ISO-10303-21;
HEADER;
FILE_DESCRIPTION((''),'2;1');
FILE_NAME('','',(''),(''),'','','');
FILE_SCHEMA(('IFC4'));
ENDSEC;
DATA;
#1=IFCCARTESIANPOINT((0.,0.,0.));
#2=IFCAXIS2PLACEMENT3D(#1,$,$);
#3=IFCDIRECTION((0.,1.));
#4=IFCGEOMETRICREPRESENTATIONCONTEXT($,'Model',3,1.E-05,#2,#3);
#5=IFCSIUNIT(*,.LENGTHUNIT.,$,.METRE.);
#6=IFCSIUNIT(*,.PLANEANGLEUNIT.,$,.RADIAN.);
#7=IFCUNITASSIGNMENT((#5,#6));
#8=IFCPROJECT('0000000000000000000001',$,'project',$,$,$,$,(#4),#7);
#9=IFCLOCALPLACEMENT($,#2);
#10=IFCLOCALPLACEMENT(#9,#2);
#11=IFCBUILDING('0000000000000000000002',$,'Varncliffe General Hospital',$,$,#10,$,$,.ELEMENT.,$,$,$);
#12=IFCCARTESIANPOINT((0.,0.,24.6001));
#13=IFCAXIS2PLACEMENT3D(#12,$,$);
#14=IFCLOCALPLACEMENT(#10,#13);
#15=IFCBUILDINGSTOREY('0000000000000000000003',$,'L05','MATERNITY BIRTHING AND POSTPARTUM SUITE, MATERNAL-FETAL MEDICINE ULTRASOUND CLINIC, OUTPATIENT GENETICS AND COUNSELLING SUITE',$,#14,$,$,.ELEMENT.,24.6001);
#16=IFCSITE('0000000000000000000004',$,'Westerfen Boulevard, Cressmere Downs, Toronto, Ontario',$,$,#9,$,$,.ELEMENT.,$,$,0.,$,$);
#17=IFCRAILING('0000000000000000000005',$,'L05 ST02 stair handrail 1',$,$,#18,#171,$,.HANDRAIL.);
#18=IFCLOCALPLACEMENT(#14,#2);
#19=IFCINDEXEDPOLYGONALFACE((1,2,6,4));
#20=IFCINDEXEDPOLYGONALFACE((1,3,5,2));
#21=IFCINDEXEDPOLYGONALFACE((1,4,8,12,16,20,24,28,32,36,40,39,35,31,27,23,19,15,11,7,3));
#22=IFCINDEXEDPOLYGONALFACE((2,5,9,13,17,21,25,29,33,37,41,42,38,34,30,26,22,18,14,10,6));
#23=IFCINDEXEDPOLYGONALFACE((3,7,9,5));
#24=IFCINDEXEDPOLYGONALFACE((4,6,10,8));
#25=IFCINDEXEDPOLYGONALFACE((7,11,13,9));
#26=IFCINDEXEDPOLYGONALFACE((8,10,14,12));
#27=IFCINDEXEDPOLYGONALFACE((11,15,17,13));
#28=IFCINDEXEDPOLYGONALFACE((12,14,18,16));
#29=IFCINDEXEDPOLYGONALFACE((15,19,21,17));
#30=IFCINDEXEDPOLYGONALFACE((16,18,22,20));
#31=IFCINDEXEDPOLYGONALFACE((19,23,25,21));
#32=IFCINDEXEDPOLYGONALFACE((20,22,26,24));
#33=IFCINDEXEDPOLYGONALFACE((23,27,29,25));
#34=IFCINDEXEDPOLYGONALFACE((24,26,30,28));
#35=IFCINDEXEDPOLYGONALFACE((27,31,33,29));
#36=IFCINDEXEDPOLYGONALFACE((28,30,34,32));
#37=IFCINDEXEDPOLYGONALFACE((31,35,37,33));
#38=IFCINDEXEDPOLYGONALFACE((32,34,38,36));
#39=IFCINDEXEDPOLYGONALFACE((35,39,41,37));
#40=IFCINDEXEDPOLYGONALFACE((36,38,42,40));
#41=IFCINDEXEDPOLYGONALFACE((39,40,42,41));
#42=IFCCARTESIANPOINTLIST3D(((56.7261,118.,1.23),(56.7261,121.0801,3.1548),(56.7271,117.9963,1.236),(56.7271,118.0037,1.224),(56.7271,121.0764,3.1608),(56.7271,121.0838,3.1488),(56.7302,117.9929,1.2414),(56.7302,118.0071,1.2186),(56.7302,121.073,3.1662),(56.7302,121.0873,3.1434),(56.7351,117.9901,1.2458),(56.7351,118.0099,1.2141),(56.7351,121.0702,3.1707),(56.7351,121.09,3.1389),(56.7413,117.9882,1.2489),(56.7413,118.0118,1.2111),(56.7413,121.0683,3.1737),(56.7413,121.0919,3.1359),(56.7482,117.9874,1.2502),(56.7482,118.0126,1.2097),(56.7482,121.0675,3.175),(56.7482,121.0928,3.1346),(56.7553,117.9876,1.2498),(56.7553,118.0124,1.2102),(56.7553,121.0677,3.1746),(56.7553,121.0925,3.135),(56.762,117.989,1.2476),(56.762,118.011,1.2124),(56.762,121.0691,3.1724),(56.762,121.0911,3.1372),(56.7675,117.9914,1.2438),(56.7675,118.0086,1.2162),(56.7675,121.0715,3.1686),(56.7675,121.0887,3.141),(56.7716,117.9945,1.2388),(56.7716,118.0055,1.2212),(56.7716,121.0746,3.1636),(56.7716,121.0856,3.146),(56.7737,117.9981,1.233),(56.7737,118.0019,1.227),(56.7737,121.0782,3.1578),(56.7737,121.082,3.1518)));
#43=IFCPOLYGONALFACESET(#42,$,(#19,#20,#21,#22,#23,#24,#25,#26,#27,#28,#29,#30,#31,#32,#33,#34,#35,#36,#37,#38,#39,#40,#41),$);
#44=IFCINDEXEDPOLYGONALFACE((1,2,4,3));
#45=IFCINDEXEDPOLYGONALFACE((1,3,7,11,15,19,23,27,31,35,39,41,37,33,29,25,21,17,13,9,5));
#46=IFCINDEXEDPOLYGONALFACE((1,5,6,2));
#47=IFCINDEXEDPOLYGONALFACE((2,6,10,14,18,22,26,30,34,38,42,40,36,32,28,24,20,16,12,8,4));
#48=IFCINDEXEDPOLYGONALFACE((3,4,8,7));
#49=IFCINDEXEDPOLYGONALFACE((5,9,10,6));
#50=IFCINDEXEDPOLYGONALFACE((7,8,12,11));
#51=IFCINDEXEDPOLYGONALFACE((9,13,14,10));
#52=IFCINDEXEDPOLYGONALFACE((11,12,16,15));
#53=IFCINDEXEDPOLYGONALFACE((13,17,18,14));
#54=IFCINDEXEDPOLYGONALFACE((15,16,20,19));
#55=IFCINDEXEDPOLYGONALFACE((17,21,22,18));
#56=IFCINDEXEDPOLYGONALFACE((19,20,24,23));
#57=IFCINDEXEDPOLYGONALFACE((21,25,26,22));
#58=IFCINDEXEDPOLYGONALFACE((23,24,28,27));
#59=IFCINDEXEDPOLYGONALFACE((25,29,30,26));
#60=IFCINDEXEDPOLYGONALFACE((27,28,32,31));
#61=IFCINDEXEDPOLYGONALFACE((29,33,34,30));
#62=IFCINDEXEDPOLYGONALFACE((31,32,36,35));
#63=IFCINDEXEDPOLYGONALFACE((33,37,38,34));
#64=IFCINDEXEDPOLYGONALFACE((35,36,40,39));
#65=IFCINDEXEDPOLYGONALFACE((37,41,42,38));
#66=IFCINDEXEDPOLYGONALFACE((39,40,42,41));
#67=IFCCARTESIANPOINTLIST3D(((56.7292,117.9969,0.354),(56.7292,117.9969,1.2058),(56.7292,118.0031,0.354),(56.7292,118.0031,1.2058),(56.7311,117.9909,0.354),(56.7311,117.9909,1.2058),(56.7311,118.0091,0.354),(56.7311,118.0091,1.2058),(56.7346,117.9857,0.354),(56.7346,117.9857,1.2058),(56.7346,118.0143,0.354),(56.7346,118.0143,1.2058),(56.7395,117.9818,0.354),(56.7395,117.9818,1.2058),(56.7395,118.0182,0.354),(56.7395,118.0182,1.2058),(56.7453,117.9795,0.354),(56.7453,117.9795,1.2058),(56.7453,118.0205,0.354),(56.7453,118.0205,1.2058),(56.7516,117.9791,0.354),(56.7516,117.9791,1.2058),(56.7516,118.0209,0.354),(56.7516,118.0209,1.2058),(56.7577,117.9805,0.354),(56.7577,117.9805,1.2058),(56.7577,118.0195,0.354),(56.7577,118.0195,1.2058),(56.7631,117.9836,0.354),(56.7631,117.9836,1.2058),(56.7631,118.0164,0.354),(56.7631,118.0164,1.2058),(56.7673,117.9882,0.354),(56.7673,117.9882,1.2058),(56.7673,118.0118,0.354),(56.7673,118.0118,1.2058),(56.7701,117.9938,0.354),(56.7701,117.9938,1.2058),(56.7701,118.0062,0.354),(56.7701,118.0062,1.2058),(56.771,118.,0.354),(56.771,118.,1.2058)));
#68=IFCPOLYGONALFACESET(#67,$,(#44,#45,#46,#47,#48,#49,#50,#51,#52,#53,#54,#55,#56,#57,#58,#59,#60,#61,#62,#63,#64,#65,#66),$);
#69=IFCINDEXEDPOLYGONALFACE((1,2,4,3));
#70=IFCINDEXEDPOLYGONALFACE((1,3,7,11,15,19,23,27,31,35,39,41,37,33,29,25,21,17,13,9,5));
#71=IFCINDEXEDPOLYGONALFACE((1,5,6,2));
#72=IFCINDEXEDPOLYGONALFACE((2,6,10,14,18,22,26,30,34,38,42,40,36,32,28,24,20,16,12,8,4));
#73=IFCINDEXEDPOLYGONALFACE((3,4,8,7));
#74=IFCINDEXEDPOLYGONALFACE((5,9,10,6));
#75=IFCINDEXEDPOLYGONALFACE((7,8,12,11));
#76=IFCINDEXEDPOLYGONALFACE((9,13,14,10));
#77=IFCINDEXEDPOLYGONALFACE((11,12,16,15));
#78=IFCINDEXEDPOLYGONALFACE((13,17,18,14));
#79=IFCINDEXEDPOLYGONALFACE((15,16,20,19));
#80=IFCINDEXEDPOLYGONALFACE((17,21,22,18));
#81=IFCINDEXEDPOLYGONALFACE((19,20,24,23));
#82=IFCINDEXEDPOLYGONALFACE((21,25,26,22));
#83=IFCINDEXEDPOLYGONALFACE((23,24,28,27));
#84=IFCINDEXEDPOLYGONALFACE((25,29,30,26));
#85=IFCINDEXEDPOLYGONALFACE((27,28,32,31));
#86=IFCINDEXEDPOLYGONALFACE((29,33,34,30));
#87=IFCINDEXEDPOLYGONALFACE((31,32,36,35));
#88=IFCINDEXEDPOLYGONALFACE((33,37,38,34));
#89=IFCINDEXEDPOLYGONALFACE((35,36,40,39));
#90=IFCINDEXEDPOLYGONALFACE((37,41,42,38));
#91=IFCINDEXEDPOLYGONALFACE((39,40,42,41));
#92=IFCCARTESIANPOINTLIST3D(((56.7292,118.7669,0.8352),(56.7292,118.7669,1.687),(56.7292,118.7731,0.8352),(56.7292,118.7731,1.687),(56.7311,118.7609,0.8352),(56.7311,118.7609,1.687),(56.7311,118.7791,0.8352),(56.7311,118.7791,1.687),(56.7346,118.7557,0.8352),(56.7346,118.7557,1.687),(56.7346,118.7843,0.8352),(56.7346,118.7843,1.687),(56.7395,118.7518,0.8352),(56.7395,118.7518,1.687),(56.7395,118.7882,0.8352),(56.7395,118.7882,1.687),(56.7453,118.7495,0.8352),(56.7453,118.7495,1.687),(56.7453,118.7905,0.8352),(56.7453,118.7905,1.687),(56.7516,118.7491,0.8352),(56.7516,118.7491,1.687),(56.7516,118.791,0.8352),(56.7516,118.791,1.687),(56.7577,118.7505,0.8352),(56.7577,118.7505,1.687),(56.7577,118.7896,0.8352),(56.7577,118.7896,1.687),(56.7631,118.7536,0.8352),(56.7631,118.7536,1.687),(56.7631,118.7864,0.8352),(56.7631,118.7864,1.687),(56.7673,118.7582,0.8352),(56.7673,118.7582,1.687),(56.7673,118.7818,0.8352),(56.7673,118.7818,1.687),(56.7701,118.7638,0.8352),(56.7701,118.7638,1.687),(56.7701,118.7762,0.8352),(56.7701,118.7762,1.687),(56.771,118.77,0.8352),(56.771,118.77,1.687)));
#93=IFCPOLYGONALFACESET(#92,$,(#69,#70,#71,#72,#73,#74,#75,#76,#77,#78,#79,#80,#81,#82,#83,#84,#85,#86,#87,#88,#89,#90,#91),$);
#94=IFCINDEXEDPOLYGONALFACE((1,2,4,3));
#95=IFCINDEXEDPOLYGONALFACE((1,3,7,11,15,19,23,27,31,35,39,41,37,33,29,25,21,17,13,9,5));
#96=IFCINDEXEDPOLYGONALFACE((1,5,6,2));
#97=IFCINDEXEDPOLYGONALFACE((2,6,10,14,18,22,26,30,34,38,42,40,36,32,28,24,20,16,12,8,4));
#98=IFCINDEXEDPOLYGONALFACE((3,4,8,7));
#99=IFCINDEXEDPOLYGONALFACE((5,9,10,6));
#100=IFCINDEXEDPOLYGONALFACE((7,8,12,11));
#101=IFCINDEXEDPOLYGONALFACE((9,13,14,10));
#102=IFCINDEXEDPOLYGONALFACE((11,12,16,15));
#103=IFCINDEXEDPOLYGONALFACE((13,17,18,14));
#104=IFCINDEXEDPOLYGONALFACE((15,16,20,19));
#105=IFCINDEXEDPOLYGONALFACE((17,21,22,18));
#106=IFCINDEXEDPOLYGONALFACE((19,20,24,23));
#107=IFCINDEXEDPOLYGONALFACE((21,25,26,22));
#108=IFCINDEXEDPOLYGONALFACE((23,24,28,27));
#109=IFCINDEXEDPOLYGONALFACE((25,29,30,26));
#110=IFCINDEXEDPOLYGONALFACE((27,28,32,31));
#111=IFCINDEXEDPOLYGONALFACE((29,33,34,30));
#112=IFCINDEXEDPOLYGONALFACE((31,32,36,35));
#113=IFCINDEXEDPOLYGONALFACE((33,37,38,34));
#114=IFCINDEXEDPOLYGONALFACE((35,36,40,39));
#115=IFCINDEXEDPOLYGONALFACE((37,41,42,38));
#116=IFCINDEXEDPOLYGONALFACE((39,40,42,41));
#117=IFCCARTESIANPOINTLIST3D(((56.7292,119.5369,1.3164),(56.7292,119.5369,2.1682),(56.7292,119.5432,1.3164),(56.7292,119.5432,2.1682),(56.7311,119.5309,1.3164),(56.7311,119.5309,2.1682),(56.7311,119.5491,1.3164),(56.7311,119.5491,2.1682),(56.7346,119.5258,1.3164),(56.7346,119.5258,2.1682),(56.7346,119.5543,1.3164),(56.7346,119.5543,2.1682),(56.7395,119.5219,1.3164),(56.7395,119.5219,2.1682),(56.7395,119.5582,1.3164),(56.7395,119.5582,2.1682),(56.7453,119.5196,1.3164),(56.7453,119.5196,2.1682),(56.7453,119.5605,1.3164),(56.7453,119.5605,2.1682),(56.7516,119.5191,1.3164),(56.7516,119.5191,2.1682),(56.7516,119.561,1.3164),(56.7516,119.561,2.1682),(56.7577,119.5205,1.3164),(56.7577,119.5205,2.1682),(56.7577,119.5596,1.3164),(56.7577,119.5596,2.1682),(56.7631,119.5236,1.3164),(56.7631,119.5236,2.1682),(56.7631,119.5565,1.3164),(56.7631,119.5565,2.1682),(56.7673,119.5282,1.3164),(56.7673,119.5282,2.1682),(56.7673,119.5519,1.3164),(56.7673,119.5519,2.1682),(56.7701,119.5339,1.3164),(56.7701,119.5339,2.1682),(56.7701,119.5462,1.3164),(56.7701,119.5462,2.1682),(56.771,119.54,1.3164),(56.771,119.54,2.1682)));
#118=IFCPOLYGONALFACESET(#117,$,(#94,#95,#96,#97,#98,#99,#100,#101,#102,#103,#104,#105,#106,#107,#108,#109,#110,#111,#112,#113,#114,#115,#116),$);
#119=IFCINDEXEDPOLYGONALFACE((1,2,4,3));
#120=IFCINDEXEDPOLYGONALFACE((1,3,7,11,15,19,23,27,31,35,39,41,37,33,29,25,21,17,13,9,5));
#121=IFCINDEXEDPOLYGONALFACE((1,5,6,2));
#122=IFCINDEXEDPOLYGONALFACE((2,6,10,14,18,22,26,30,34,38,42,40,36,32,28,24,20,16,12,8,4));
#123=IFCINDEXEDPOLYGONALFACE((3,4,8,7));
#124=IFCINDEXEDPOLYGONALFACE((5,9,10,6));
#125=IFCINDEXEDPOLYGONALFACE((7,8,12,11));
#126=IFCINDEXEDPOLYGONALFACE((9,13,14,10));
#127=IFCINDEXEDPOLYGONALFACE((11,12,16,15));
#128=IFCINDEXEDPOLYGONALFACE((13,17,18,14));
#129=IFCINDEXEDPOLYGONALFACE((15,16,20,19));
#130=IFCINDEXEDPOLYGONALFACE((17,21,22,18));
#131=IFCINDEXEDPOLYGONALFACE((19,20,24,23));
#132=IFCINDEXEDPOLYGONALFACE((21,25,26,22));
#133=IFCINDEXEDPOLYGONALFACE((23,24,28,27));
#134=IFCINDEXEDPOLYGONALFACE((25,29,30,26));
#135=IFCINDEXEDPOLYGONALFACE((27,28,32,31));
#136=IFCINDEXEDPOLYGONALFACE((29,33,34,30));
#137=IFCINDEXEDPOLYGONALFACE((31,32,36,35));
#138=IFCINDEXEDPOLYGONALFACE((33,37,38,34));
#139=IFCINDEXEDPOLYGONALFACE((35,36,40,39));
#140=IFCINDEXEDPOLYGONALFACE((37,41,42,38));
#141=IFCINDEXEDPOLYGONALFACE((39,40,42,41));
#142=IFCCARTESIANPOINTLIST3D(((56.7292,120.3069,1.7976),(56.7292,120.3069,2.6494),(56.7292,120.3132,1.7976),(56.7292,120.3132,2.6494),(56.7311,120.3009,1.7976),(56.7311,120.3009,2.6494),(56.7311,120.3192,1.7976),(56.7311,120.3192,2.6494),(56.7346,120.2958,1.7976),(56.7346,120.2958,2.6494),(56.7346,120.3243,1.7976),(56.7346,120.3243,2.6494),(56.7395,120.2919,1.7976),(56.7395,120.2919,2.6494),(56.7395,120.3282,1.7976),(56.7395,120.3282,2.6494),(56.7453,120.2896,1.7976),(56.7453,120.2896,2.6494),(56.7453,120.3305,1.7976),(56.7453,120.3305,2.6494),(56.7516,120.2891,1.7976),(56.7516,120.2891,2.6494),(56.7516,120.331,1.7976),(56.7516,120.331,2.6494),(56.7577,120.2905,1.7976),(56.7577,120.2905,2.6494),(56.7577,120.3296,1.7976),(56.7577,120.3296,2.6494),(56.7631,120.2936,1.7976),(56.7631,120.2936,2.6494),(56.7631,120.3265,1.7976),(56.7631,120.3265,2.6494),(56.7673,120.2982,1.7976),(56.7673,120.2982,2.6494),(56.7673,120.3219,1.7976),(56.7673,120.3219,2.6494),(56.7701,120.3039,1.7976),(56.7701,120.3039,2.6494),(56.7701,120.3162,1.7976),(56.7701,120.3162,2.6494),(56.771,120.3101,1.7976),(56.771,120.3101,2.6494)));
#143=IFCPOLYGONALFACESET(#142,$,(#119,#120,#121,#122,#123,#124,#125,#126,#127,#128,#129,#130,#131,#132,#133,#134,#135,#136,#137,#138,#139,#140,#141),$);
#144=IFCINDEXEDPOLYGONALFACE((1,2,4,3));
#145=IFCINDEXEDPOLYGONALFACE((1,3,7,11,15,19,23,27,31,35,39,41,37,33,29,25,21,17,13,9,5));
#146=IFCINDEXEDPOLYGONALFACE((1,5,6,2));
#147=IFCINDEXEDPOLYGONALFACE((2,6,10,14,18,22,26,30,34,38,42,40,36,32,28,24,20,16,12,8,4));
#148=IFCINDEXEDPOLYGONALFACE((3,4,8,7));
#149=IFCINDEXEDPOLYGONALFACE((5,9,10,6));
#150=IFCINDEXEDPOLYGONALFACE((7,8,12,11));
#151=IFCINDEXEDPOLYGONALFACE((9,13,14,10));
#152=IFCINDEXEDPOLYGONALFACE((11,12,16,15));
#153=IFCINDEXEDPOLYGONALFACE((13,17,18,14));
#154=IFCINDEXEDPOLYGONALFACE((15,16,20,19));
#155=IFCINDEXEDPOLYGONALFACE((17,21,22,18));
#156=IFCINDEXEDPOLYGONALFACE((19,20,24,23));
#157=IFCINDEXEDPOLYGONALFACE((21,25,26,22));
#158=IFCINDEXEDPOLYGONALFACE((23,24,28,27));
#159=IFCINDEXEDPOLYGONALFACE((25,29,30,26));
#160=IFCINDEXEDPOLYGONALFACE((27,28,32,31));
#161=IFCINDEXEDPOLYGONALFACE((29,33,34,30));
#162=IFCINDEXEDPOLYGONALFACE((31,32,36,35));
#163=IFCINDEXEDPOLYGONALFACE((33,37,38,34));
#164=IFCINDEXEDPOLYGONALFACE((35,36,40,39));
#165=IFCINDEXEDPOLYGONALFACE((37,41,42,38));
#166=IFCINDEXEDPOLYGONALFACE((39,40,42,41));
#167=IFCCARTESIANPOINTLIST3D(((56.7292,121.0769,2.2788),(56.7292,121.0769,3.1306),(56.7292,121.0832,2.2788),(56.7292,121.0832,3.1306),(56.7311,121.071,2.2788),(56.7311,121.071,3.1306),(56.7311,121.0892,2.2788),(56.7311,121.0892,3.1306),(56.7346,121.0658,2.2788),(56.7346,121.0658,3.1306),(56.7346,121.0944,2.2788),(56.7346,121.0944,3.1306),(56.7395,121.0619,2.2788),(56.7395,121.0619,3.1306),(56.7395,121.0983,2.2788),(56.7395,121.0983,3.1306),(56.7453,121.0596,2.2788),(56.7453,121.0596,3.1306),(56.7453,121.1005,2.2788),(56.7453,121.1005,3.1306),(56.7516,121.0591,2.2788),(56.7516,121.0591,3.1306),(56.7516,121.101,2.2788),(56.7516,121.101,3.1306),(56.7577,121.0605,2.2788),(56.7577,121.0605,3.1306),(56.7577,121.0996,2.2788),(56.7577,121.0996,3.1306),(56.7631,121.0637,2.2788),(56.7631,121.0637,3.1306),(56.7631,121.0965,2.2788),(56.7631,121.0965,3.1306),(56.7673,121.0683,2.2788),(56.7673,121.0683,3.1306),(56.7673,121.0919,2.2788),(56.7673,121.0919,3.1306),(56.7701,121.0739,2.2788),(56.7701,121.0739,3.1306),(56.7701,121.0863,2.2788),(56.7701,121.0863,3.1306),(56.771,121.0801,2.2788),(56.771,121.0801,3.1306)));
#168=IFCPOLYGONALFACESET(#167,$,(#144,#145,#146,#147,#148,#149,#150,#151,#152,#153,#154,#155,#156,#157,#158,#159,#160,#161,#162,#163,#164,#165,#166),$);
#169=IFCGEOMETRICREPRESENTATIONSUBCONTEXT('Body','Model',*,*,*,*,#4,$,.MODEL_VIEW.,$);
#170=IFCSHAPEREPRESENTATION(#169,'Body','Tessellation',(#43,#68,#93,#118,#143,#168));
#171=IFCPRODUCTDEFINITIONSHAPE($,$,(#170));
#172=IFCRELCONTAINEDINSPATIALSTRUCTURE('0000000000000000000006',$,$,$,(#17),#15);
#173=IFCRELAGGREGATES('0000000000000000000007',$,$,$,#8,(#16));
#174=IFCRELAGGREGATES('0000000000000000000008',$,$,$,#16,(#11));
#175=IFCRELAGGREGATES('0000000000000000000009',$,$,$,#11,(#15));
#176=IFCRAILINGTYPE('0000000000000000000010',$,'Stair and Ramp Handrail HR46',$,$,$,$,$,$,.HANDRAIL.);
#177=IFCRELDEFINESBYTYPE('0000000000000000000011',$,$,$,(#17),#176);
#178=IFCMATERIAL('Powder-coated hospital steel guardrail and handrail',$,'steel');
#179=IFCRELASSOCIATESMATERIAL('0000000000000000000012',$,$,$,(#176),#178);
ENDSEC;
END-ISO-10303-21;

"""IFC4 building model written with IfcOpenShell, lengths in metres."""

from ifc_helpers import new_model, si_unit, direction, frame, origin, origin_2d, place, context, subcontext, project, spatial, circle, extrude, material, type_object, element, save


model = new_model("IFC4")

# Units and contexts
model_context = context("Model", 3, precision=1e-05, world=origin(), true_north=direction((0.0, 1.0)))
body_context = subcontext(model_context, "Body", "Model", "MODEL_VIEW")
ifc_project = project(units=[si_unit("LENGTHUNIT", "METRE"), si_unit("PLANEANGLEUNIT", "RADIAN")], contexts=[model_context])

# Site, building, storey
site_placement = place(None, origin())
site = spatial("IfcSite", under=ifc_project, at=site_placement, Name="Westerfen Boulevard, Cressmere Downs, Toronto, Ontario", CompositionType="ELEMENT", RefElevation=0.0)
building_placement = place(site_placement, origin())
building = spatial("IfcBuilding", under=site, at=building_placement, Name="Varncliffe General Hospital", CompositionType="ELEMENT")
storey_placement = place(building_placement, frame((0.0, 0.0, 24.6001)))
storey = spatial("IfcBuildingStorey", under=building, at=storey_placement, Name="L05", Description="MATERNITY BIRTHING AND POSTPARTUM SUITE, MATERNAL-FETAL MEDICINE ULTRASOUND CLINIC, OUTPATIENT GENETICS AND COUNSELLING SUITE", CompositionType="ELEMENT", Elevation=24.6001)

# Railing
ifc_material_1 = material(Name="Powder-coated hospital steel guardrail and handrail", Category="steel")
railing_type_1 = type_object("IfcRailingType", Name="Stair and Ramp Handrail HR46", PredefinedType="HANDRAIL", material=ifc_material_1)
railing_1_placement = place(storey_placement, frame((56.75, 118.0, 0.354)))
element("IfcRailing", 1, at=railing_1_placement, inside=storey, type_object=railing_type_1, Name="L05 ST02 stair handrail 1", PredefinedType="HANDRAIL", context=body_context, shape_type="SweptSolid", body=[
    extrude(circle(Radius=0.0239, at=origin_2d()), frame((0.0, 0.0, 0.876), z_axis=(0.0, 0.848029, 0.529951), x_axis=(-1.0, 0.0, 0.0)), (0.0, 0.0, 1.0), 3.6321),
    extrude(circle(Radius=0.021, at=origin_2d()), origin(), (0.0, 0.0, 1.0), 0.8518),
    extrude(circle(Radius=0.021, at=origin_2d()), frame((0.0, 0.77, 0.4812)), (0.0, 0.0, 1.0), 0.8518),
    extrude(circle(Radius=0.021, at=origin_2d()), frame((0.0, 1.54, 0.9624)), (0.0, 0.0, 1.0), 0.8518),
    extrude(circle(Radius=0.021, at=origin_2d()), frame((0.0, 2.3101, 1.4436)), (0.0, 0.0, 1.0), 0.8518),
    extrude(circle(Radius=0.021, at=origin_2d()), frame((0.0, 3.0801, 1.9248)), (0.0, 0.0, 1.0), 0.8518),
])

save(model, "model.ifc")
